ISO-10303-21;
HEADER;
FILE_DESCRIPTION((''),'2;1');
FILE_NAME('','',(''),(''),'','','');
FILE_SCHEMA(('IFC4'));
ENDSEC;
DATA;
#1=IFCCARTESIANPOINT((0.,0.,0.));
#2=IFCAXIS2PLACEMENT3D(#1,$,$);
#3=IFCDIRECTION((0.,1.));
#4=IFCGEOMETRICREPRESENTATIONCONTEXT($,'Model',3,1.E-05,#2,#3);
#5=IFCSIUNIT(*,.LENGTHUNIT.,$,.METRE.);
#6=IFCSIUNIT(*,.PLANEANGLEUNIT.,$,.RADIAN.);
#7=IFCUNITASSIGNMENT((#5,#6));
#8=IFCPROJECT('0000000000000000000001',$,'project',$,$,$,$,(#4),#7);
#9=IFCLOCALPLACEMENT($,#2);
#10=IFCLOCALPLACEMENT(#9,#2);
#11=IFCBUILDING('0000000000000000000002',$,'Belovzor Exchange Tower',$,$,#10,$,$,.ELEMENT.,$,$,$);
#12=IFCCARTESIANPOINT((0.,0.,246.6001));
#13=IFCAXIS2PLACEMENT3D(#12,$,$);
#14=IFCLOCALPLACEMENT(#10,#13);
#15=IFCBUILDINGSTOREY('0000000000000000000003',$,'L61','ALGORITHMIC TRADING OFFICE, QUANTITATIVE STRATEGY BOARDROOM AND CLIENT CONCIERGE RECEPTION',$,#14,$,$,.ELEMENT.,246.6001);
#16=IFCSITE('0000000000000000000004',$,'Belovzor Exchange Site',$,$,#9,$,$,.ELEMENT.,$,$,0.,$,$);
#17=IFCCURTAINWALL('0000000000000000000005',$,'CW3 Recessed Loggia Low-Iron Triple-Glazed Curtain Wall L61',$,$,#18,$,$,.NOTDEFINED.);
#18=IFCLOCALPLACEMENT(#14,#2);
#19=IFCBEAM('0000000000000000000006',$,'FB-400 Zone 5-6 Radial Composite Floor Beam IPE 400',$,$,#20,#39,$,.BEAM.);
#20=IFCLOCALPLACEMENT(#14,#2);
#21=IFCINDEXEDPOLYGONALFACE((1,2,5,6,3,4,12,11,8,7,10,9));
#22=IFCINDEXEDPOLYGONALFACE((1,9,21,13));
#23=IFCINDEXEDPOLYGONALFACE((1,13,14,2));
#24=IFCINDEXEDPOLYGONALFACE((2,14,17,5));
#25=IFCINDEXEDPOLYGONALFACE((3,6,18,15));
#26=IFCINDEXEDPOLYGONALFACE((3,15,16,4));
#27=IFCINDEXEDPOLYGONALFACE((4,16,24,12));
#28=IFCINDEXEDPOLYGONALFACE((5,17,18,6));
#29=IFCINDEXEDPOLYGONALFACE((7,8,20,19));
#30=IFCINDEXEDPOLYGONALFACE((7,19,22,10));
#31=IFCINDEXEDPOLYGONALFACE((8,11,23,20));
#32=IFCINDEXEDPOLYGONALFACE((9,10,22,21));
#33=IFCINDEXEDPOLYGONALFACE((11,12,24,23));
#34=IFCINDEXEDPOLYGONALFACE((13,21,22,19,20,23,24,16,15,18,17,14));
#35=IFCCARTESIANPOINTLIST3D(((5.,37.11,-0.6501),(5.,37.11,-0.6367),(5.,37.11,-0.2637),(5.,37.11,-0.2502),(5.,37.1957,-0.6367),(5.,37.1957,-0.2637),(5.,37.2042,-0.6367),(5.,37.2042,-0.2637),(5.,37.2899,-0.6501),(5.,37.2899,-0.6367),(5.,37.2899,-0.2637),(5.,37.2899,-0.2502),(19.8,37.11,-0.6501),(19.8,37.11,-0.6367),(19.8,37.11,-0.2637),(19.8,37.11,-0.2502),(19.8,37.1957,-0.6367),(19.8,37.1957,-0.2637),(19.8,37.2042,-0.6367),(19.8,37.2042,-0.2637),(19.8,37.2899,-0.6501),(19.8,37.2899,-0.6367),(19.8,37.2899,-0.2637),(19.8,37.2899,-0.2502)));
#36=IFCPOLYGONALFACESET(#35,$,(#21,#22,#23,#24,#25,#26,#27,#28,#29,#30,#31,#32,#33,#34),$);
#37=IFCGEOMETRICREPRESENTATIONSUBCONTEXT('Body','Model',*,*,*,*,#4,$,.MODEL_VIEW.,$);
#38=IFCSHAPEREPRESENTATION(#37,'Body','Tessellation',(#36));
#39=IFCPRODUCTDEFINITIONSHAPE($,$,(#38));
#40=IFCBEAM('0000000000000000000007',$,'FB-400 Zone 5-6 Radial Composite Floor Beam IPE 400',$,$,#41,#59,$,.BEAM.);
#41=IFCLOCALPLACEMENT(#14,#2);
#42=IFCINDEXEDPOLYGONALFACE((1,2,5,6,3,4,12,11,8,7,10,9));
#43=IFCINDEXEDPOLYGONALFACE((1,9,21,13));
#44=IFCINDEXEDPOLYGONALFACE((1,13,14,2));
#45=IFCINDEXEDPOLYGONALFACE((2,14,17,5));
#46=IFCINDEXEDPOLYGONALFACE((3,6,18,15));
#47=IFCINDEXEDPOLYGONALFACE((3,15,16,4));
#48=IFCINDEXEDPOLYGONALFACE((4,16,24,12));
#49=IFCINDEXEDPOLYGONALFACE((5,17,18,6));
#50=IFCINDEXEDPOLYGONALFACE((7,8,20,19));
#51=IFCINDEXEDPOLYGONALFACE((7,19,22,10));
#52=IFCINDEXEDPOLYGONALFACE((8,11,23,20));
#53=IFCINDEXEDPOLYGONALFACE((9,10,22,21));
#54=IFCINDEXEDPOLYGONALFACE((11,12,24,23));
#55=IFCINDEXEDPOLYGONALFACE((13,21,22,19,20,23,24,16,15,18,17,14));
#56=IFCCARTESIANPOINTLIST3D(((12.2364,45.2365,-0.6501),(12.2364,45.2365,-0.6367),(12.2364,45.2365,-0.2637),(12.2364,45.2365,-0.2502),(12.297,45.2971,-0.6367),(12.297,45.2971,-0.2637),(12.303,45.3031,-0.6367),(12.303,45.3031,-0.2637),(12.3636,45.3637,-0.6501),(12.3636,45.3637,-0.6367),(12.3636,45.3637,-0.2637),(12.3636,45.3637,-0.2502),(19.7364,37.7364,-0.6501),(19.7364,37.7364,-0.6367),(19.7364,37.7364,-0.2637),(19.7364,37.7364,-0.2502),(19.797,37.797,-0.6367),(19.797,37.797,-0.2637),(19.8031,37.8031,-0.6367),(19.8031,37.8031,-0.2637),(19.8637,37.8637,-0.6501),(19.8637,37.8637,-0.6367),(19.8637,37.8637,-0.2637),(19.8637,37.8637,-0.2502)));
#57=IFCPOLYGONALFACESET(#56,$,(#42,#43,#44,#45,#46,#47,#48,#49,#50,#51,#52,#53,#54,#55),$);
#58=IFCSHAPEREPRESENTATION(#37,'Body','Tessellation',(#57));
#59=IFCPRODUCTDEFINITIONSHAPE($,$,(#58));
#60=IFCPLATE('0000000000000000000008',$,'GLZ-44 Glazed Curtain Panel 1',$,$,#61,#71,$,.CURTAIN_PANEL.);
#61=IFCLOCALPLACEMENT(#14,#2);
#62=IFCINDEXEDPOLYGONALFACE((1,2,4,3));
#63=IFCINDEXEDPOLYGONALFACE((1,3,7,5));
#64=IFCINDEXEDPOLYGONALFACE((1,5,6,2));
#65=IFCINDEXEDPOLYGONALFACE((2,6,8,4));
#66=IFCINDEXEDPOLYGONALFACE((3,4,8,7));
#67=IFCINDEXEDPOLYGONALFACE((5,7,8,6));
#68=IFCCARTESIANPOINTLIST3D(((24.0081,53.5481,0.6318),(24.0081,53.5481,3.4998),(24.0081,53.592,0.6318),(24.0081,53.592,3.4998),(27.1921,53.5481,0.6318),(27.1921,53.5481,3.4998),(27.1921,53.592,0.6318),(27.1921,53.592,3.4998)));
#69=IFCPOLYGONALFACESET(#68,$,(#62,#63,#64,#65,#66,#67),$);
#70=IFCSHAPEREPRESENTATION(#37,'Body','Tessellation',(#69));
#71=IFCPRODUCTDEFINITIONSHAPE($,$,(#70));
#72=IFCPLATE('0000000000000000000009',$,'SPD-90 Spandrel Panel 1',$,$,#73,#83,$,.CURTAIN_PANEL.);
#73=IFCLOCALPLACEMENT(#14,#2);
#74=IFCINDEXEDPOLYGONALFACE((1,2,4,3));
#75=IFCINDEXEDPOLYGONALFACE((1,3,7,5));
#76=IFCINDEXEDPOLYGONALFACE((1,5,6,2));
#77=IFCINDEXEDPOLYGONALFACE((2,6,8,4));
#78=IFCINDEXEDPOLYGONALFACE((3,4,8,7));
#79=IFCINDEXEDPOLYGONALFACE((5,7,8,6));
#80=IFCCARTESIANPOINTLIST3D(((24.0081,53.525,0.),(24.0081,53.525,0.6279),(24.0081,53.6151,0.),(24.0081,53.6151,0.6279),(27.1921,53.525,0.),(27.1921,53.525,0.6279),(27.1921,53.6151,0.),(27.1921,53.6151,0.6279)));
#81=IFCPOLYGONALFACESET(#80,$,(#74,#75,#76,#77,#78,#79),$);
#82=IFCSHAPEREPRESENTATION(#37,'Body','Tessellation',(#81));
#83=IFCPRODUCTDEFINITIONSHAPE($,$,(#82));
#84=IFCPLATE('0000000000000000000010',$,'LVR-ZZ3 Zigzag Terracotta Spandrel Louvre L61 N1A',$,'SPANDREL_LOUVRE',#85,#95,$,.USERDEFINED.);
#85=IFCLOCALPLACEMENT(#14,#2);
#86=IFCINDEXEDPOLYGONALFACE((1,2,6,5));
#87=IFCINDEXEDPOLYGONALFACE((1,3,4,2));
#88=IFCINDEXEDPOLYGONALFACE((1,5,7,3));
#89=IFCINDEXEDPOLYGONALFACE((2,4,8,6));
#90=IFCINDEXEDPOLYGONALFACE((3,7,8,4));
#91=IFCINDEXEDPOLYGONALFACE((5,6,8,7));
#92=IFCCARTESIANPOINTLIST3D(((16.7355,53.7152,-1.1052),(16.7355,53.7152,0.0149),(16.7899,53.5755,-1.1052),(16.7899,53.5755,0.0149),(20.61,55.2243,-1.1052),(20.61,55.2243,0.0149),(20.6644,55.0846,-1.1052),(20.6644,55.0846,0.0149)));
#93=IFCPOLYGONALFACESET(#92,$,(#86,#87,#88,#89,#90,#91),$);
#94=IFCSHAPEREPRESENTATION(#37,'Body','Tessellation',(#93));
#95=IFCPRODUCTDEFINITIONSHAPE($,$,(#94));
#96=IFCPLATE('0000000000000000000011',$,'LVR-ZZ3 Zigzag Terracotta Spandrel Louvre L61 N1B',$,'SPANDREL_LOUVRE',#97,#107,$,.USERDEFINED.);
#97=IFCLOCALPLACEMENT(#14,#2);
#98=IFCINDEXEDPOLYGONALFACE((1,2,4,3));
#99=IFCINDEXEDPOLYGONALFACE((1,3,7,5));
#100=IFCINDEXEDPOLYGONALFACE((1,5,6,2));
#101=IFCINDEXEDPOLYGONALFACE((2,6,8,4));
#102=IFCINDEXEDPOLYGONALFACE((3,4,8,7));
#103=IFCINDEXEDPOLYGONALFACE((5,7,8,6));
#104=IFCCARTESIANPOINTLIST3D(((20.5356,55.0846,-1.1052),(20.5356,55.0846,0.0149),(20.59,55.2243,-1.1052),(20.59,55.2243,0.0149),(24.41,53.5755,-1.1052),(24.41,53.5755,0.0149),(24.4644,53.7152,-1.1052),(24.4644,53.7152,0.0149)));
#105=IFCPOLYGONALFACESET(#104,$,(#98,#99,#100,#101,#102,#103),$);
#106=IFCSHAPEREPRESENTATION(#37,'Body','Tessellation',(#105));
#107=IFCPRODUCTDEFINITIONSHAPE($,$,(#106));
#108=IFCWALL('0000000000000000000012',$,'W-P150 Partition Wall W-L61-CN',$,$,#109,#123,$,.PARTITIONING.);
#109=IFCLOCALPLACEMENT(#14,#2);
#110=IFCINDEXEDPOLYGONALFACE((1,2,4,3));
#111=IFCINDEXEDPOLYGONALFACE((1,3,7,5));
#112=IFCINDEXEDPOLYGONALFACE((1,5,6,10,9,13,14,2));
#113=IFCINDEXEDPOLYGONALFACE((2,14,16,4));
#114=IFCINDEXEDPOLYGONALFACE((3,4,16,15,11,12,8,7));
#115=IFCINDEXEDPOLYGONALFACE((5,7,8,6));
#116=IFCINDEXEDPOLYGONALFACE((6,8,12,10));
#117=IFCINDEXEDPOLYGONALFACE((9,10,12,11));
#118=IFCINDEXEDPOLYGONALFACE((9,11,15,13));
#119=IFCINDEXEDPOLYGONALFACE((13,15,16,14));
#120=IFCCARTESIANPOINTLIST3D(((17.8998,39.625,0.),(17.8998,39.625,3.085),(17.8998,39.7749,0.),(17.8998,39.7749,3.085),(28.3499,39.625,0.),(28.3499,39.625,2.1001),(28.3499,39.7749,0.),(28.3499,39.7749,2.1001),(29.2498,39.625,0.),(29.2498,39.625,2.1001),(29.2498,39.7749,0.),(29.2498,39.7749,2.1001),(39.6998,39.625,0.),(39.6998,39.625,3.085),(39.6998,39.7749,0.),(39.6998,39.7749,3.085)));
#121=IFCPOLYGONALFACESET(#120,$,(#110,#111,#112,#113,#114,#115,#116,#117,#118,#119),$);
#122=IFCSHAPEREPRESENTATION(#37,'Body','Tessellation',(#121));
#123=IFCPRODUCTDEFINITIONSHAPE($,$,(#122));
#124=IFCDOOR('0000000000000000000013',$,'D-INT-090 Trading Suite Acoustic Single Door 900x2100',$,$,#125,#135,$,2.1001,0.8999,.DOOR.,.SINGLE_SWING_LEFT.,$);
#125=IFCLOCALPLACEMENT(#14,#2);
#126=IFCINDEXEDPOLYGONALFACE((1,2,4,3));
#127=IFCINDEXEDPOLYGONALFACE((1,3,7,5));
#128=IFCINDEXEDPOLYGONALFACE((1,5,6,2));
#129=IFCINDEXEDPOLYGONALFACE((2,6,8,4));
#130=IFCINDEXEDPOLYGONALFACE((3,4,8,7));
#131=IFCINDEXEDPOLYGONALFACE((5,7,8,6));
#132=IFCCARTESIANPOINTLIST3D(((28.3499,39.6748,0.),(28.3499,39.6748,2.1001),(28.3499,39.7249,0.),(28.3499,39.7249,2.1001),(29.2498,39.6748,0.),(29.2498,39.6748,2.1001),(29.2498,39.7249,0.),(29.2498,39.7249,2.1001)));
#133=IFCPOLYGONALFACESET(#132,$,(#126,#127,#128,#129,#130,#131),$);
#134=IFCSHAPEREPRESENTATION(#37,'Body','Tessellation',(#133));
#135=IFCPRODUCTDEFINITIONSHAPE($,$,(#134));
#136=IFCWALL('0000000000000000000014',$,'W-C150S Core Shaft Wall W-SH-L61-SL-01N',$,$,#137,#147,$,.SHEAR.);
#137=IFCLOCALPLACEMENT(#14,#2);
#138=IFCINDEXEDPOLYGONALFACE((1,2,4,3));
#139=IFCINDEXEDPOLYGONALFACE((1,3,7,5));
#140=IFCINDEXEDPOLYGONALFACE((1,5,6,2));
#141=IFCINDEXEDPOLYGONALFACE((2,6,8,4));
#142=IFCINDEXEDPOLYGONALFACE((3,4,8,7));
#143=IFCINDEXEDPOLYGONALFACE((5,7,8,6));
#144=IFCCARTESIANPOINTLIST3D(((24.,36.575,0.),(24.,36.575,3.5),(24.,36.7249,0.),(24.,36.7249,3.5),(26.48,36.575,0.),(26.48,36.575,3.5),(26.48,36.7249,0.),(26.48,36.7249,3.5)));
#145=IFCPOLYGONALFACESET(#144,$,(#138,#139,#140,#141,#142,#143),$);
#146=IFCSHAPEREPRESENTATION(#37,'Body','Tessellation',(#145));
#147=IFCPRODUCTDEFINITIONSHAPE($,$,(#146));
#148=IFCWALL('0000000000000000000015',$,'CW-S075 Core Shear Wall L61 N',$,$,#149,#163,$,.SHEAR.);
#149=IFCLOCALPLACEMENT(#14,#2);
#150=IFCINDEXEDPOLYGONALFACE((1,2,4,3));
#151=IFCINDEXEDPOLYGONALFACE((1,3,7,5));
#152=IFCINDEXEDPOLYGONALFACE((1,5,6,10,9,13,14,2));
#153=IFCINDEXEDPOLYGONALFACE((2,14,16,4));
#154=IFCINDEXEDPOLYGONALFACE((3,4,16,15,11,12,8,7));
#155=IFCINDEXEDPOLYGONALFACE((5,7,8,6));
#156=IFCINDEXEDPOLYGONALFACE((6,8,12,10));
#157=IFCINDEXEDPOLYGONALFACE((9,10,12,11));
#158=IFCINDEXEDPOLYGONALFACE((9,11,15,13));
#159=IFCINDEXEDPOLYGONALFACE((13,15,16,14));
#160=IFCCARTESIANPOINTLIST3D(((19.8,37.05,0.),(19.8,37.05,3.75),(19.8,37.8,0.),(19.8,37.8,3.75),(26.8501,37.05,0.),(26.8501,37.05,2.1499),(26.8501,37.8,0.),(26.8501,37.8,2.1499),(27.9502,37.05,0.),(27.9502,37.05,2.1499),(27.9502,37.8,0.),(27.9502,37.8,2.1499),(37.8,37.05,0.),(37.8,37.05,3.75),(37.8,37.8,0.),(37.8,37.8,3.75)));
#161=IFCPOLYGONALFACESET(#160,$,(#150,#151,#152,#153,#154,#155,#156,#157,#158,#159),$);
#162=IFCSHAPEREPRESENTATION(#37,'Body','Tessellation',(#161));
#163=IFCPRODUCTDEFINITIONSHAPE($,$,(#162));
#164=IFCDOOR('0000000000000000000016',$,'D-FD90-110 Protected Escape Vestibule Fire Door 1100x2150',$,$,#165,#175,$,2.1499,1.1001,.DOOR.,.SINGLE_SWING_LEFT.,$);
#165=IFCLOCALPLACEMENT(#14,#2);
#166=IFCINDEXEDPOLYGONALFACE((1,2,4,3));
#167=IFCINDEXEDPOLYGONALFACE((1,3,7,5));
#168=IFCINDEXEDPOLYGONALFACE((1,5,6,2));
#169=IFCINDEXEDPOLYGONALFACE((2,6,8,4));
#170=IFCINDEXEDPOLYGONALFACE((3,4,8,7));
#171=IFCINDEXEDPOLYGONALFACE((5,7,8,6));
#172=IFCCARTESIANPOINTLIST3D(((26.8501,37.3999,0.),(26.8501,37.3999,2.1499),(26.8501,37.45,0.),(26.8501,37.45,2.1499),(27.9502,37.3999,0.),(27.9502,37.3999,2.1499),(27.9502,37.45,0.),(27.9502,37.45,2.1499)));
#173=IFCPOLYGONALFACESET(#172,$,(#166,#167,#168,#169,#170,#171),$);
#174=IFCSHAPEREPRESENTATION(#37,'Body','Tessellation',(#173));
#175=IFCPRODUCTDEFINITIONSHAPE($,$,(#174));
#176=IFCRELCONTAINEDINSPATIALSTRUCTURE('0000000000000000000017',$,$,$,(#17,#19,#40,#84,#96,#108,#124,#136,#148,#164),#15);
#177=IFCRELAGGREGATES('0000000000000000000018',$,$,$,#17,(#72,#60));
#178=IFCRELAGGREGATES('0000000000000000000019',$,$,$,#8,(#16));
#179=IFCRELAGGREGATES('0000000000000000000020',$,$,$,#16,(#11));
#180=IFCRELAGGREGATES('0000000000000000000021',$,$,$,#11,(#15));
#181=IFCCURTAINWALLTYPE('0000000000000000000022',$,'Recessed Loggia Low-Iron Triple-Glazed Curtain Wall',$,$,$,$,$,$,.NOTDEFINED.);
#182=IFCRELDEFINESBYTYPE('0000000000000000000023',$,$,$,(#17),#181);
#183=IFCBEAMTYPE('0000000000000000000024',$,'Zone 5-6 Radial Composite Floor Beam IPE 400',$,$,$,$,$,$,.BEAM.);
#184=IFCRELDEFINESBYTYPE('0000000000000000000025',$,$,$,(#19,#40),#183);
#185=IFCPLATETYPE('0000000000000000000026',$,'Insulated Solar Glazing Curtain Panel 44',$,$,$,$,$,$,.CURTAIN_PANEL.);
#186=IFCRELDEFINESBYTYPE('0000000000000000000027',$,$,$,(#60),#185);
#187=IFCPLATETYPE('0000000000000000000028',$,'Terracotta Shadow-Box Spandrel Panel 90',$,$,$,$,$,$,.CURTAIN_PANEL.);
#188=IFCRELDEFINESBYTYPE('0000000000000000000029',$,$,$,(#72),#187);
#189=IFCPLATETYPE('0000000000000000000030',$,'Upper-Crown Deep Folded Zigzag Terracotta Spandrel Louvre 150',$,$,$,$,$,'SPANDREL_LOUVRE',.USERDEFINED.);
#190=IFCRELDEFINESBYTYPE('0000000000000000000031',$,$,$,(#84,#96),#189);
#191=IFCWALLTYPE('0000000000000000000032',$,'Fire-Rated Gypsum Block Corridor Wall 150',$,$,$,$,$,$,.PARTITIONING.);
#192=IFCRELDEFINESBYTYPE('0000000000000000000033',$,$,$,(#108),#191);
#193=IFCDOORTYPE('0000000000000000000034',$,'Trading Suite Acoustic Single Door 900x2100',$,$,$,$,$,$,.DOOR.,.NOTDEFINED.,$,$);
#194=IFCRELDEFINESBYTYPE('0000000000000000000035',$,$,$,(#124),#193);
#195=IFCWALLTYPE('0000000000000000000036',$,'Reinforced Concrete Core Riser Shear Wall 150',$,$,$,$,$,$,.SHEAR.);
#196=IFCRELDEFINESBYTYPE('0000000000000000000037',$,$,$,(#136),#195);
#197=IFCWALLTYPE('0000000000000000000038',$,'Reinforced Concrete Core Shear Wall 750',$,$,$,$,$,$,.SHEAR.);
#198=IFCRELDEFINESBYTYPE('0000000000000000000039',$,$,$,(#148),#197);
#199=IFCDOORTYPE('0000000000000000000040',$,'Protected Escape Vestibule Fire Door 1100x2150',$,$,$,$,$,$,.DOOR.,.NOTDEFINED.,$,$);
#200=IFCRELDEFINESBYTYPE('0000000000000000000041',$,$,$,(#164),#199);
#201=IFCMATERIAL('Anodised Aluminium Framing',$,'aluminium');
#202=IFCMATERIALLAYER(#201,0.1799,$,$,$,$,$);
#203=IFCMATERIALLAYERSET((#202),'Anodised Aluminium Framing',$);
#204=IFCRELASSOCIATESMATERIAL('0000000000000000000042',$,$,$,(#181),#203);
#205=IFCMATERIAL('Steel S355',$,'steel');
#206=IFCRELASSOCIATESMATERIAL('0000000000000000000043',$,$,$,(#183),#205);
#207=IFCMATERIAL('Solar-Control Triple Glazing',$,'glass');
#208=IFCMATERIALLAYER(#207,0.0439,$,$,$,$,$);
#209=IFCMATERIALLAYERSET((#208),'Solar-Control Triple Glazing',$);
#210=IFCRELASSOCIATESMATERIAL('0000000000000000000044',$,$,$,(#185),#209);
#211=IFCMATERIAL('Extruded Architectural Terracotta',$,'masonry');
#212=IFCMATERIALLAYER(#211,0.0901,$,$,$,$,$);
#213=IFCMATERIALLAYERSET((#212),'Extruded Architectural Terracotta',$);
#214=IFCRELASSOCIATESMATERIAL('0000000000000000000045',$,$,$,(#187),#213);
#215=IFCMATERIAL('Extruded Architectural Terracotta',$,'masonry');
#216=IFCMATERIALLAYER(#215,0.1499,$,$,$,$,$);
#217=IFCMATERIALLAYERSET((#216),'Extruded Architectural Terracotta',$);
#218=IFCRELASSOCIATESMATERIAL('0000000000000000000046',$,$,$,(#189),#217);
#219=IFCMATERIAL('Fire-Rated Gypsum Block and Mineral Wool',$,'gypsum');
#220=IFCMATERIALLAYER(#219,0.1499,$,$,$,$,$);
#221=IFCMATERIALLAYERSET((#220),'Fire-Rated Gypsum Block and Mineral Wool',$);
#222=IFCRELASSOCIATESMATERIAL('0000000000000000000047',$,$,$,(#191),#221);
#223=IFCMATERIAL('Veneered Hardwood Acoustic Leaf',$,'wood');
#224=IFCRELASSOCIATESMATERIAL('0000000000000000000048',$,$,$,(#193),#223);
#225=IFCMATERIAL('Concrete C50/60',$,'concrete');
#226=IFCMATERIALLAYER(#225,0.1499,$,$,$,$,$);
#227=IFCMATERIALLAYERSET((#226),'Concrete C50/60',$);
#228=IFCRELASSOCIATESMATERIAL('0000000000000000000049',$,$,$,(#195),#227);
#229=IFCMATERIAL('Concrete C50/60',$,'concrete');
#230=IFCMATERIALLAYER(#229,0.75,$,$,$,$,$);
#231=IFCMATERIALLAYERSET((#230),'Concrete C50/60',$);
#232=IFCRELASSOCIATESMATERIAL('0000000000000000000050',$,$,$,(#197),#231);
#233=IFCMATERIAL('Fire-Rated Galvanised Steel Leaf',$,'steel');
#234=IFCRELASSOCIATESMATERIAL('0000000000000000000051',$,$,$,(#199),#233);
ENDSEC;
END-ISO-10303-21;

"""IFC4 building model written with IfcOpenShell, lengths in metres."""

from ifc_helpers import new_model, si_unit, direction, frame, frame_2d, origin, origin_2d, place, context, subcontext, project, spatial, rectangle, i_section, extrude, material, layer, layer_set, material_profile, profile_set, type_object, element, fill, aggregate, save


model = new_model("IFC4")

# Units and contexts
model_context = context("Model", 3, precision=1e-05, world=origin(), true_north=direction((0.0, 1.0)))
body_context = subcontext(model_context, "Body", "Model", "MODEL_VIEW")
ifc_project = project(units=[si_unit("LENGTHUNIT", "METRE"), si_unit("PLANEANGLEUNIT", "RADIAN")], contexts=[model_context])

# Site, building, storey
site_placement = place(None, origin())
site = spatial("IfcSite", under=ifc_project, at=site_placement, Name="Belovzor Exchange Site", CompositionType="ELEMENT", RefElevation=0.0)
building_placement = place(site_placement, origin())
building = spatial("IfcBuilding", under=site, at=building_placement, Name="Belovzor Exchange Tower", CompositionType="ELEMENT")
storey_placement = place(building_placement, frame((0.0, 0.0, 246.6001)))
storey = spatial("IfcBuildingStorey", under=building, at=storey_placement, Name="L61", Description="ALGORITHMIC TRADING OFFICE, QUANTITATIVE STRATEGY BOARDROOM AND CLIENT CONCIERGE RECEPTION", CompositionType="ELEMENT", Elevation=246.6001)

# Curtain wall
ifc_material_1 = material(Name="Anodised Aluminium Framing", Category="aluminium")
ifc_layer_1 = layer(ifc_material_1, 0.1799)
ifc_layer_set_1 = layer_set([ifc_layer_1], Name="Anodised Aluminium Framing")
curtain_wall_type = type_object("IfcCurtainWallType", Name="Recessed Loggia Low-Iron Triple-Glazed Curtain Wall", PredefinedType="NOTDEFINED", material=ifc_layer_set_1)
curtain_wall_placement = place(storey_placement, origin())
curtain_wall = element("IfcCurtainWall", 1, at=curtain_wall_placement, inside=storey, type_object=curtain_wall_type, Name="CW3 Recessed Loggia Low-Iron Triple-Glazed Curtain Wall L61", PredefinedType="NOTDEFINED")

# Beams
ifc_material_2 = material(Name="Steel S355", Category="steel")
ifc_material_profile_1 = material_profile(ifc_material_2, i_section(OverallWidth=0.1799, OverallDepth=0.3999, WebThickness=0.0085, FlangeThickness=0.0134, at=origin_2d()))
ifc_profile_set_1 = profile_set([ifc_material_profile_1], Name="Steel S355")
beam_type_1 = type_object("IfcBeamType", Name="Zone 5-6 Radial Composite Floor Beam IPE 400", PredefinedType="BEAM", material=ifc_profile_set_1)
for number, where, z_axis, x_axis, name in (
    (2, (19.8, 37.2, -0.4502), (-1.0, 0.0, 0.0), (0.0, -1.0, 0.0), "FB-400 Zone 5-6 Radial Composite Floor Beam IPE 400"),
):
    element("IfcBeam", number, at=place(storey_placement, frame(where, z_axis=z_axis, x_axis=x_axis)), inside=storey, type_object=beam_type_1, Name=name, PredefinedType="BEAM", context=body_context, shape_type="SweptSolid", body=[
        extrude(i_section(OverallWidth=0.1799, OverallDepth=0.3999, WebThickness=0.0085, FlangeThickness=0.0134, at=origin_2d()), origin(), (0.0, 0.0, 1.0), 14.8),
    ])
beam_1_placement = place(storey_placement, frame((19.8, 37.8, -0.4502), z_axis=(-0.707107, 0.707107, 0.0), x_axis=(-0.707107, -0.707107, 0.0)))
element("IfcBeam", 3, at=beam_1_placement, inside=storey, type_object=beam_type_1, Name="FB-400 Zone 5-6 Radial Composite Floor Beam IPE 400", PredefinedType="BEAM", context=body_context, shape_type="SweptSolid", body=[
    extrude(i_section(OverallWidth=0.1799, OverallDepth=0.3999, WebThickness=0.0085, FlangeThickness=0.0134, at=origin_2d()), origin(), (0.0, 0.0, 1.0), 10.6067),
])

# Plates
ifc_material_3 = material(Name="Solar-Control Triple Glazing", Category="glass")
ifc_layer_2 = layer(ifc_material_3, 0.0439)
ifc_layer_set_2 = layer_set([ifc_layer_2], Name="Solar-Control Triple Glazing")
plate_type_1 = type_object("IfcPlateType", Name="Insulated Solar Glazing Curtain Panel 44", PredefinedType="CURTAIN_PANEL", material=ifc_layer_set_2)
plate_1_placement = place(storey_placement, frame((25.6001, 53.5701, 0.6318), z_axis=(0.0, 0.0, 1.0), x_axis=(1.0, 0.0, 0.0)))
plate_1 = element("IfcPlate", 4, at=plate_1_placement, type_object=plate_type_1, Name="GLZ-44 Glazed Curtain Panel 1", PredefinedType="CURTAIN_PANEL", context=body_context, shape_type="SweptSolid", body=[
    extrude(rectangle(XDim=3.1841, YDim=0.0439, at=origin_2d()), origin(), (0.0, 0.0, 1.0), 2.8679),
])
ifc_material_4 = material(Name="Extruded Architectural Terracotta", Category="masonry")
ifc_layer_3 = layer(ifc_material_4, 0.0901)
ifc_layer_set_3 = layer_set([ifc_layer_3], Name="Extruded Architectural Terracotta")
plate_type_2 = type_object("IfcPlateType", Name="Terracotta Shadow-Box Spandrel Panel 90", PredefinedType="CURTAIN_PANEL", material=ifc_layer_set_3)
plate_2_placement = place(storey_placement, frame((25.6001, 53.5701, 0.0), z_axis=(0.0, 0.0, 1.0), x_axis=(1.0, 0.0, 0.0)))
plate_2 = element("IfcPlate", 5, at=plate_2_placement, type_object=plate_type_2, Name="SPD-90 Spandrel Panel 1", PredefinedType="CURTAIN_PANEL", context=body_context, shape_type="SweptSolid", body=[
    extrude(rectangle(XDim=3.1841, YDim=0.0901, at=origin_2d()), origin(), (0.0, 0.0, 1.0), 0.6279),
])
aggregate(curtain_wall, [plate_2, plate_1])

# Plates
ifc_material_5 = material(Name="Extruded Architectural Terracotta", Category="masonry")
ifc_layer_4 = layer(ifc_material_5, 0.1499)
ifc_layer_set_4 = layer_set([ifc_layer_4], Name="Extruded Architectural Terracotta")
plate_type_3 = type_object("IfcPlateType", Name="Upper-Crown Deep Folded Zigzag Terracotta Spandrel Louvre 150", ElementType="SPANDREL_LOUVRE", PredefinedType="USERDEFINED", material=ifc_layer_set_4)
for number, where, z_axis, x_axis, name in (
    (6, (18.7, 54.3999, -1.1052), (0.0, 0.0, 1.0), (0.931818, 0.362926, 0.0), "LVR-ZZ3 Zigzag Terracotta Spandrel Louvre L61 N1A"),
    (7, (22.5, 54.3999, -1.1052), (0.0, 0.0, 1.0), (0.931818, -0.362926, 0.0), "LVR-ZZ3 Zigzag Terracotta Spandrel Louvre L61 N1B"),
):
    element("IfcPlate", number, at=place(storey_placement, frame(where, z_axis=z_axis, x_axis=x_axis)), inside=storey, type_object=plate_type_3, Name=name, ObjectType="SPANDREL_LOUVRE", PredefinedType="USERDEFINED", context=body_context, shape_type="SweptSolid", body=[
        extrude(rectangle(XDim=4.158, YDim=0.1499, at=origin_2d()), origin(), (0.0, 0.0, 1.0), 1.1201),
    ])

# Wall, opening, door
ifc_material_6 = material(Name="Fire-Rated Gypsum Block and Mineral Wool", Category="gypsum")
ifc_layer_5 = layer(ifc_material_6, 0.1499)
ifc_layer_set_5 = layer_set([ifc_layer_5], Name="Fire-Rated Gypsum Block and Mineral Wool")
wall_type_1 = type_object("IfcWallType", Name="Fire-Rated Gypsum Block Corridor Wall 150", PredefinedType="PARTITIONING", material=ifc_layer_set_5)
wall_1_placement = place(storey_placement, frame((17.8999, 39.7, 0.0), z_axis=(0.0, 0.0, 1.0), x_axis=(1.0, 0.0, 0.0)))
wall_1 = element("IfcWall", 8, at=wall_1_placement, inside=storey, type_object=wall_type_1, Name="W-P150 Partition Wall W-L61-CN", PredefinedType="PARTITIONING", context=body_context, shape_type="SweptSolid", body=[
    extrude(rectangle(XDim=21.8, YDim=0.1499, at=frame_2d((10.8999, 0.0))), origin(), (0.0, 0.0, 1.0), 3.085),
])
opening_1_placement = place(wall_1_placement, frame((10.45, 0.0, 0.0)))
opening_1 = element("IfcOpeningElement", 9, at=opening_1_placement, cuts=wall_1, PredefinedType="OPENING", context=body_context, shape_type="SweptSolid", body=[
    extrude(rectangle(XDim=0.8999, YDim=2.1001, at=frame_2d((0.45, 1.05))), frame((0.0, 0.085, 0.0), z_axis=(0.0, -1.0, 0.0), x_axis=(1.0, 0.0, 0.0)), (0.0, 0.0, 1.0), 0.1699),
])
ifc_material_7 = material(Name="Veneered Hardwood Acoustic Leaf", Category="wood")
door_type_1 = type_object("IfcDoorType", Name="Trading Suite Acoustic Single Door 900x2100", OperationType="NOTDEFINED", PredefinedType="DOOR", material=ifc_material_7)
door_1_placement = place(opening_1_placement, origin())
door_1 = element("IfcDoor", 10, at=door_1_placement, inside=storey, type_object=door_type_1, Name="D-INT-090 Trading Suite Acoustic Single Door 900x2100", OperationType="SINGLE_SWING_LEFT", OverallHeight=2.1001, OverallWidth=0.8999, PredefinedType="DOOR", context=body_context, shape_type="SweptSolid", body=[
    extrude(rectangle(XDim=0.8999, YDim=2.1001, at=frame_2d((0.45, 1.05))), frame((0.0, 0.0249, 0.0), z_axis=(0.0, -1.0, 0.0), x_axis=(1.0, 0.0, 0.0)), (0.0, 0.0, 1.0), 0.05),
])
fill(opening_1, door_1)

# Wall
ifc_material_8 = material(Name="Concrete C50/60", Category="concrete")
ifc_layer_6 = layer(ifc_material_8, 0.1499)
ifc_layer_set_6 = layer_set([ifc_layer_6], Name="Concrete C50/60")
wall_type_2 = type_object("IfcWallType", Name="Reinforced Concrete Core Riser Shear Wall 150", PredefinedType="SHEAR", material=ifc_layer_set_6)
wall_2_placement = place(storey_placement, frame((24.0, 36.6499, 0.0), z_axis=(0.0, 0.0, 1.0), x_axis=(1.0, 0.0, 0.0)))
element("IfcWall", 11, at=wall_2_placement, inside=storey, type_object=wall_type_2, Name="W-C150S Core Shaft Wall W-SH-L61-SL-01N", PredefinedType="SHEAR", context=body_context, shape_type="SweptSolid", body=[
    extrude(rectangle(XDim=2.48, YDim=0.1499, at=frame_2d((1.24, 0.0))), origin(), (0.0, 0.0, 1.0), 3.5),
])

# Wall, opening, door
ifc_material_9 = material(Name="Concrete C50/60", Category="concrete")
ifc_layer_7 = layer(ifc_material_9, 0.75)
ifc_layer_set_7 = layer_set([ifc_layer_7], Name="Concrete C50/60")
wall_type_3 = type_object("IfcWallType", Name="Reinforced Concrete Core Shear Wall 750", PredefinedType="SHEAR", material=ifc_layer_set_7)
wall_3_placement = place(storey_placement, frame((19.8, 37.425, 0.0), z_axis=(0.0, 0.0, 1.0), x_axis=(1.0, 0.0, 0.0)))
wall_3 = element("IfcWall", 12, at=wall_3_placement, inside=storey, type_object=wall_type_3, Name="CW-S075 Core Shear Wall L61 N", PredefinedType="SHEAR", context=body_context, shape_type="SweptSolid", body=[
    extrude(rectangle(XDim=18.0, YDim=0.75, at=frame_2d((9.0, 0.0))), origin(), (0.0, 0.0, 1.0), 3.75),
])
opening_2_placement = place(wall_3_placement, frame((7.05, 0.0, 0.0)))
opening_2 = element("IfcOpeningElement", 13, at=opening_2_placement, cuts=wall_3, PredefinedType="OPENING", context=body_context, shape_type="SweptSolid", body=[
    extrude(rectangle(XDim=1.1001, YDim=2.1499, at=frame_2d((0.55, 1.075))), frame((0.0, 0.385, 0.0), z_axis=(0.0, -1.0, 0.0), x_axis=(1.0, 0.0, 0.0)), (0.0, 0.0, 1.0), 0.77),
])
ifc_material_10 = material(Name="Fire-Rated Galvanised Steel Leaf", Category="steel")
door_type_2 = type_object("IfcDoorType", Name="Protected Escape Vestibule Fire Door 1100x2150", OperationType="NOTDEFINED", PredefinedType="DOOR", material=ifc_material_10)
door_2_placement = place(opening_2_placement, origin())
door_2 = element("IfcDoor", 14, at=door_2_placement, inside=storey, type_object=door_type_2, Name="D-FD90-110 Protected Escape Vestibule Fire Door 1100x2150", OperationType="SINGLE_SWING_LEFT", OverallHeight=2.1499, OverallWidth=1.1001, PredefinedType="DOOR", context=body_context, shape_type="SweptSolid", body=[
    extrude(rectangle(XDim=1.1001, YDim=2.1499, at=frame_2d((0.55, 1.075))), frame((0.0, 0.0249, 0.0), z_axis=(0.0, -1.0, 0.0), x_axis=(1.0, 0.0, 0.0)), (0.0, 0.0, 1.0), 0.05),
])
fill(opening_2, door_2)

save(model, "model.ifc")
